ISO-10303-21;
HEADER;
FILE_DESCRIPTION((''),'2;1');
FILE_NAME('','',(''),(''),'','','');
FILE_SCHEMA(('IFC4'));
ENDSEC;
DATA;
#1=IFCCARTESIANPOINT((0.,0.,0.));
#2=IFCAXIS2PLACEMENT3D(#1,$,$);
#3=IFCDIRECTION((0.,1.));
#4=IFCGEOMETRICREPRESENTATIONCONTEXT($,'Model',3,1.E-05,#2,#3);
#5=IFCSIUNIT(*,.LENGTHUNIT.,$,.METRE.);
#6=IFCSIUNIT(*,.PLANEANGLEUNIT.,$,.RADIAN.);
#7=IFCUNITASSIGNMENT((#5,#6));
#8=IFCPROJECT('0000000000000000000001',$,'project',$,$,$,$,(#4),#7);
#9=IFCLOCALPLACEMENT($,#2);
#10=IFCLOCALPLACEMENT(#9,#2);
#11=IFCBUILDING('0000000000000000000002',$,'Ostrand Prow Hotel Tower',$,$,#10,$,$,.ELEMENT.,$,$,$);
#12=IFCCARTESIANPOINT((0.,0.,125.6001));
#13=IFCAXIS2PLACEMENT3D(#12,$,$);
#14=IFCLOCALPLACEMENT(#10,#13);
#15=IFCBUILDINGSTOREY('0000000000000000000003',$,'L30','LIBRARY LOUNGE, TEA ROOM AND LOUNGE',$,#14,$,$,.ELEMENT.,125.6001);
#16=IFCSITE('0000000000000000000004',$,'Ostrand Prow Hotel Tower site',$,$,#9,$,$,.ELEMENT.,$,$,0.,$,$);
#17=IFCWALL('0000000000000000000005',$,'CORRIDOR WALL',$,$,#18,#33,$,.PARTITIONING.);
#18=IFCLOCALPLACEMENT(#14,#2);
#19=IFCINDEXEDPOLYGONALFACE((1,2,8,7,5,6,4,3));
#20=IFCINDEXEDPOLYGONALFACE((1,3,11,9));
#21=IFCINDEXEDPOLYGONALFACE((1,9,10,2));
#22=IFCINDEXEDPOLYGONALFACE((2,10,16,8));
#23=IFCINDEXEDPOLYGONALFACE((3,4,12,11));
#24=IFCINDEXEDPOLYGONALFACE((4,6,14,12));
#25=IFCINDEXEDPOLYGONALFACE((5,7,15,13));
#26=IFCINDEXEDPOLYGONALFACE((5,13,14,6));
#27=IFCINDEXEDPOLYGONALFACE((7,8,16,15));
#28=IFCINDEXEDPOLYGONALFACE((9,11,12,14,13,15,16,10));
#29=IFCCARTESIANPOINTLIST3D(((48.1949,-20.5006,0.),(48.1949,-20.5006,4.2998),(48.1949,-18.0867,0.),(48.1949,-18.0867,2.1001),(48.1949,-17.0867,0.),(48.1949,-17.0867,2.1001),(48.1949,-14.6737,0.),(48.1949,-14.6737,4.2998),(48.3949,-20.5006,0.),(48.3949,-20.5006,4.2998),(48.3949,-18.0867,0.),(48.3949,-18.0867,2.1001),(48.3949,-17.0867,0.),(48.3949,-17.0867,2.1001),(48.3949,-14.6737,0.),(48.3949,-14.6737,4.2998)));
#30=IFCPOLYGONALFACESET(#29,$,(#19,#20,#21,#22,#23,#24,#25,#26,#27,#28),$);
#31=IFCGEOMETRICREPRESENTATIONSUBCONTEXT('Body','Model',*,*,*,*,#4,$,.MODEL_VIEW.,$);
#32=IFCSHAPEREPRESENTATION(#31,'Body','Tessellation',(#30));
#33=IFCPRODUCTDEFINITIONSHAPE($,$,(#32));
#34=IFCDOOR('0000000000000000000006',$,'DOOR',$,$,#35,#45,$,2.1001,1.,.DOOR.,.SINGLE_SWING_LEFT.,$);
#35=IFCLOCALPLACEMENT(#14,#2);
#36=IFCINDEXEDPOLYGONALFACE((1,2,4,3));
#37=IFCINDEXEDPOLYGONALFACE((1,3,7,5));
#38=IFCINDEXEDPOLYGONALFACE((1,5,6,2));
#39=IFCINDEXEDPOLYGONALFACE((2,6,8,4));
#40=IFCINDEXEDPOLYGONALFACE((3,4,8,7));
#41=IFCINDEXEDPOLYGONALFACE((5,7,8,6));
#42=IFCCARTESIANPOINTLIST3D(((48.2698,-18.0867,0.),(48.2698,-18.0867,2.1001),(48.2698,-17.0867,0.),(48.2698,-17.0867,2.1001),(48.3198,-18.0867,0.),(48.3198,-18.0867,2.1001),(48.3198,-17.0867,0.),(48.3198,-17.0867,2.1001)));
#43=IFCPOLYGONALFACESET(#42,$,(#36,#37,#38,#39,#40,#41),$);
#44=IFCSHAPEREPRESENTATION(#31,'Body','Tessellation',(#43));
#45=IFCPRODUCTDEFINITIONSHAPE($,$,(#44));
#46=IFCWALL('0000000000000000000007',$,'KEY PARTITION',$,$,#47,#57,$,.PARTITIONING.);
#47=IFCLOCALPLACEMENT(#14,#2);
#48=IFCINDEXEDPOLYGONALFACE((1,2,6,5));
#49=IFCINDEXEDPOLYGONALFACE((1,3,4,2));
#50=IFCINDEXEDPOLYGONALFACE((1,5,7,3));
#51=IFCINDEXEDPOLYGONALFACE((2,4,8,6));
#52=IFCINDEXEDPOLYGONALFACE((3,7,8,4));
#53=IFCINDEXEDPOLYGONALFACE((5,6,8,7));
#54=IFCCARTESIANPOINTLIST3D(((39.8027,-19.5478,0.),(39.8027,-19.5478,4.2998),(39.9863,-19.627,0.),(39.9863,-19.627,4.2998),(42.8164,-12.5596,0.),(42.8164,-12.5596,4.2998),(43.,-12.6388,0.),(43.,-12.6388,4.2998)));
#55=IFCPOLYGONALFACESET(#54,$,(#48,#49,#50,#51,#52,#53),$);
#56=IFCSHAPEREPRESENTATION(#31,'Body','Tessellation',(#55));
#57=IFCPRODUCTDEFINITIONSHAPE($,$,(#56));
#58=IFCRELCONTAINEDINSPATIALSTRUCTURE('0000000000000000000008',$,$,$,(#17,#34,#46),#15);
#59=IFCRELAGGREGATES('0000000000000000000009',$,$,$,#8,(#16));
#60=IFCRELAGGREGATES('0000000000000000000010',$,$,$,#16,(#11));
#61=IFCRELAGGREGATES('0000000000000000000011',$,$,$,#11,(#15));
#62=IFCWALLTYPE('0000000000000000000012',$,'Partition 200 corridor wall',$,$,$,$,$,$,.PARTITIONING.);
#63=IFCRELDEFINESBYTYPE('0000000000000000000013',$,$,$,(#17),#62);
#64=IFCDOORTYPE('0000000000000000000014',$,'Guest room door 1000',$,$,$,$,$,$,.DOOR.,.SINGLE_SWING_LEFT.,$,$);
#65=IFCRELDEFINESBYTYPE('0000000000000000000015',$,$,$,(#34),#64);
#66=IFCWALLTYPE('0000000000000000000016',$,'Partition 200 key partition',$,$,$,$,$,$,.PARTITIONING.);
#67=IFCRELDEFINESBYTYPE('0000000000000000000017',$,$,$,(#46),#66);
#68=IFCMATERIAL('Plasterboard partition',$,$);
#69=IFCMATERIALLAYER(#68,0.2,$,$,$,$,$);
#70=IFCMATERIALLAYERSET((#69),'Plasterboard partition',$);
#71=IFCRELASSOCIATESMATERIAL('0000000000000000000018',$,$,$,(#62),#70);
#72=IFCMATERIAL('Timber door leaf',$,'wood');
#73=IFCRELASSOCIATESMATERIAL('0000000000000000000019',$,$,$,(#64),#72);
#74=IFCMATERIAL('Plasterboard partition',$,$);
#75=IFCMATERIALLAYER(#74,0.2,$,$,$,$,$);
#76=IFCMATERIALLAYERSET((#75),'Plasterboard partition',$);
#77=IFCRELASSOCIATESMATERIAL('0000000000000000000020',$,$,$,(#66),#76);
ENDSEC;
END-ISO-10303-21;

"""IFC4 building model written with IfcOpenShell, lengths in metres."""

from ifc_helpers import new_model, si_unit, direction, frame, frame_2d, origin, place, context, subcontext, project, spatial, rectangle, extrude, material, layer, layer_set, type_object, element, fill, save


model = new_model("IFC4")

# Units and contexts
model_context = context("Model", 3, precision=1e-05, world=origin(), true_north=direction((0.0, 1.0)))
body_context = subcontext(model_context, "Body", "Model", "MODEL_VIEW")
ifc_project = project(units=[si_unit("LENGTHUNIT", "METRE"), si_unit("PLANEANGLEUNIT", "RADIAN")], contexts=[model_context])

# Site, building, storey
site_placement = place(None, origin())
site = spatial("IfcSite", under=ifc_project, at=site_placement, Name="Ostrand Prow Hotel Tower site", CompositionType="ELEMENT", RefElevation=0.0)
building_placement = place(site_placement, origin())
building = spatial("IfcBuilding", under=site, at=building_placement, Name="Ostrand Prow Hotel Tower", CompositionType="ELEMENT")
storey_placement = place(building_placement, frame((0.0, 0.0, 125.6001)))
storey = spatial("IfcBuildingStorey", under=building, at=storey_placement, Name="L30", Description="LIBRARY LOUNGE, TEA ROOM AND LOUNGE", CompositionType="ELEMENT", Elevation=125.6001)

# Shared definitions
ifc_material_1 = material(Name="Plasterboard partition")
ifc_layer_1 = layer(ifc_material_1, 0.2)
ifc_layer_set_1 = layer_set([ifc_layer_1], Name="Plasterboard partition")
wall_type_1 = type_object("IfcWallType", Name="Partition 200 corridor wall", PredefinedType="PARTITIONING", material=ifc_layer_set_1)
ifc_material_2 = material(Name="Timber door leaf", Category="wood")
door_type_1 = type_object("IfcDoorType", Name="Guest room door 1000", OperationType="SINGLE_SWING_LEFT", PredefinedType="DOOR", material=ifc_material_2)

# Wall, opening, door
wall_1_placement = place(storey_placement, frame((48.2949, -14.6736, 0.0), z_axis=(0.0, 0.0, 1.0), x_axis=(0.0, -1.0, 0.0)))
wall_1 = element("IfcWall", 1, at=wall_1_placement, inside=storey, type_object=wall_type_1, Name="CORRIDOR WALL", PredefinedType="PARTITIONING", context=body_context, shape_type="SweptSolid", body=[
    extrude(rectangle(XDim=5.8269, YDim=0.2, at=frame_2d((2.9136, 0.0))), origin(), (0.0, 0.0, 1.0), 4.2998),
])
opening_1_placement = place(wall_1_placement, frame((2.4131, 0.0, 0.0)))
opening_1 = element("IfcOpeningElement", 2, at=opening_1_placement, cuts=wall_1, PredefinedType="OPENING", context=body_context, shape_type="SweptSolid", body=[
    extrude(rectangle(XDim=1.0, YDim=2.1001, at=frame_2d((0.5, 1.05))), frame((0.0, 0.1099, 0.0), z_axis=(0.0, -1.0, 0.0), x_axis=(1.0, 0.0, 0.0)), (0.0, 0.0, 1.0), 0.22),
])
door_1_placement = place(opening_1_placement, origin())
door_1 = element("IfcDoor", 3, at=door_1_placement, inside=storey, type_object=door_type_1, Name="DOOR", OperationType="SINGLE_SWING_LEFT", OverallHeight=2.1001, OverallWidth=1.0, PredefinedType="DOOR", context=body_context, shape_type="SweptSolid", body=[
    extrude(rectangle(XDim=1.0, YDim=2.1001, at=frame_2d((0.5, 1.05))), frame((0.0, 0.0249, 0.0), z_axis=(0.0, -1.0, 0.0), x_axis=(1.0, 0.0, 0.0)), (0.0, 0.0, 1.0), 0.05),
])
fill(opening_1, door_1)

# Wall
ifc_material_3 = material(Name="Plasterboard partition")
ifc_layer_2 = layer(ifc_material_3, 0.2)
ifc_layer_set_2 = layer_set([ifc_layer_2], Name="Plasterboard partition")
wall_type_2 = type_object("IfcWallType", Name="Partition 200 key partition", PredefinedType="PARTITIONING", material=ifc_layer_set_2)
wall_2_placement = place(storey_placement, frame((39.8945, -19.5874, 0.0), z_axis=(0.0, 0.0, 1.0), x_axis=(0.395994, 0.918253, 0.0)))
element("IfcWall", 4, at=wall_2_placement, inside=storey, type_object=wall_type_2, Name="KEY PARTITION", PredefinedType="PARTITIONING", context=body_context, shape_type="SweptSolid", body=[
    extrude(rectangle(XDim=7.6104, YDim=0.2, at=frame_2d((3.8052, 0.0))), origin(), (0.0, 0.0, 1.0), 4.2998),
])

save(model, "model.ifc")
